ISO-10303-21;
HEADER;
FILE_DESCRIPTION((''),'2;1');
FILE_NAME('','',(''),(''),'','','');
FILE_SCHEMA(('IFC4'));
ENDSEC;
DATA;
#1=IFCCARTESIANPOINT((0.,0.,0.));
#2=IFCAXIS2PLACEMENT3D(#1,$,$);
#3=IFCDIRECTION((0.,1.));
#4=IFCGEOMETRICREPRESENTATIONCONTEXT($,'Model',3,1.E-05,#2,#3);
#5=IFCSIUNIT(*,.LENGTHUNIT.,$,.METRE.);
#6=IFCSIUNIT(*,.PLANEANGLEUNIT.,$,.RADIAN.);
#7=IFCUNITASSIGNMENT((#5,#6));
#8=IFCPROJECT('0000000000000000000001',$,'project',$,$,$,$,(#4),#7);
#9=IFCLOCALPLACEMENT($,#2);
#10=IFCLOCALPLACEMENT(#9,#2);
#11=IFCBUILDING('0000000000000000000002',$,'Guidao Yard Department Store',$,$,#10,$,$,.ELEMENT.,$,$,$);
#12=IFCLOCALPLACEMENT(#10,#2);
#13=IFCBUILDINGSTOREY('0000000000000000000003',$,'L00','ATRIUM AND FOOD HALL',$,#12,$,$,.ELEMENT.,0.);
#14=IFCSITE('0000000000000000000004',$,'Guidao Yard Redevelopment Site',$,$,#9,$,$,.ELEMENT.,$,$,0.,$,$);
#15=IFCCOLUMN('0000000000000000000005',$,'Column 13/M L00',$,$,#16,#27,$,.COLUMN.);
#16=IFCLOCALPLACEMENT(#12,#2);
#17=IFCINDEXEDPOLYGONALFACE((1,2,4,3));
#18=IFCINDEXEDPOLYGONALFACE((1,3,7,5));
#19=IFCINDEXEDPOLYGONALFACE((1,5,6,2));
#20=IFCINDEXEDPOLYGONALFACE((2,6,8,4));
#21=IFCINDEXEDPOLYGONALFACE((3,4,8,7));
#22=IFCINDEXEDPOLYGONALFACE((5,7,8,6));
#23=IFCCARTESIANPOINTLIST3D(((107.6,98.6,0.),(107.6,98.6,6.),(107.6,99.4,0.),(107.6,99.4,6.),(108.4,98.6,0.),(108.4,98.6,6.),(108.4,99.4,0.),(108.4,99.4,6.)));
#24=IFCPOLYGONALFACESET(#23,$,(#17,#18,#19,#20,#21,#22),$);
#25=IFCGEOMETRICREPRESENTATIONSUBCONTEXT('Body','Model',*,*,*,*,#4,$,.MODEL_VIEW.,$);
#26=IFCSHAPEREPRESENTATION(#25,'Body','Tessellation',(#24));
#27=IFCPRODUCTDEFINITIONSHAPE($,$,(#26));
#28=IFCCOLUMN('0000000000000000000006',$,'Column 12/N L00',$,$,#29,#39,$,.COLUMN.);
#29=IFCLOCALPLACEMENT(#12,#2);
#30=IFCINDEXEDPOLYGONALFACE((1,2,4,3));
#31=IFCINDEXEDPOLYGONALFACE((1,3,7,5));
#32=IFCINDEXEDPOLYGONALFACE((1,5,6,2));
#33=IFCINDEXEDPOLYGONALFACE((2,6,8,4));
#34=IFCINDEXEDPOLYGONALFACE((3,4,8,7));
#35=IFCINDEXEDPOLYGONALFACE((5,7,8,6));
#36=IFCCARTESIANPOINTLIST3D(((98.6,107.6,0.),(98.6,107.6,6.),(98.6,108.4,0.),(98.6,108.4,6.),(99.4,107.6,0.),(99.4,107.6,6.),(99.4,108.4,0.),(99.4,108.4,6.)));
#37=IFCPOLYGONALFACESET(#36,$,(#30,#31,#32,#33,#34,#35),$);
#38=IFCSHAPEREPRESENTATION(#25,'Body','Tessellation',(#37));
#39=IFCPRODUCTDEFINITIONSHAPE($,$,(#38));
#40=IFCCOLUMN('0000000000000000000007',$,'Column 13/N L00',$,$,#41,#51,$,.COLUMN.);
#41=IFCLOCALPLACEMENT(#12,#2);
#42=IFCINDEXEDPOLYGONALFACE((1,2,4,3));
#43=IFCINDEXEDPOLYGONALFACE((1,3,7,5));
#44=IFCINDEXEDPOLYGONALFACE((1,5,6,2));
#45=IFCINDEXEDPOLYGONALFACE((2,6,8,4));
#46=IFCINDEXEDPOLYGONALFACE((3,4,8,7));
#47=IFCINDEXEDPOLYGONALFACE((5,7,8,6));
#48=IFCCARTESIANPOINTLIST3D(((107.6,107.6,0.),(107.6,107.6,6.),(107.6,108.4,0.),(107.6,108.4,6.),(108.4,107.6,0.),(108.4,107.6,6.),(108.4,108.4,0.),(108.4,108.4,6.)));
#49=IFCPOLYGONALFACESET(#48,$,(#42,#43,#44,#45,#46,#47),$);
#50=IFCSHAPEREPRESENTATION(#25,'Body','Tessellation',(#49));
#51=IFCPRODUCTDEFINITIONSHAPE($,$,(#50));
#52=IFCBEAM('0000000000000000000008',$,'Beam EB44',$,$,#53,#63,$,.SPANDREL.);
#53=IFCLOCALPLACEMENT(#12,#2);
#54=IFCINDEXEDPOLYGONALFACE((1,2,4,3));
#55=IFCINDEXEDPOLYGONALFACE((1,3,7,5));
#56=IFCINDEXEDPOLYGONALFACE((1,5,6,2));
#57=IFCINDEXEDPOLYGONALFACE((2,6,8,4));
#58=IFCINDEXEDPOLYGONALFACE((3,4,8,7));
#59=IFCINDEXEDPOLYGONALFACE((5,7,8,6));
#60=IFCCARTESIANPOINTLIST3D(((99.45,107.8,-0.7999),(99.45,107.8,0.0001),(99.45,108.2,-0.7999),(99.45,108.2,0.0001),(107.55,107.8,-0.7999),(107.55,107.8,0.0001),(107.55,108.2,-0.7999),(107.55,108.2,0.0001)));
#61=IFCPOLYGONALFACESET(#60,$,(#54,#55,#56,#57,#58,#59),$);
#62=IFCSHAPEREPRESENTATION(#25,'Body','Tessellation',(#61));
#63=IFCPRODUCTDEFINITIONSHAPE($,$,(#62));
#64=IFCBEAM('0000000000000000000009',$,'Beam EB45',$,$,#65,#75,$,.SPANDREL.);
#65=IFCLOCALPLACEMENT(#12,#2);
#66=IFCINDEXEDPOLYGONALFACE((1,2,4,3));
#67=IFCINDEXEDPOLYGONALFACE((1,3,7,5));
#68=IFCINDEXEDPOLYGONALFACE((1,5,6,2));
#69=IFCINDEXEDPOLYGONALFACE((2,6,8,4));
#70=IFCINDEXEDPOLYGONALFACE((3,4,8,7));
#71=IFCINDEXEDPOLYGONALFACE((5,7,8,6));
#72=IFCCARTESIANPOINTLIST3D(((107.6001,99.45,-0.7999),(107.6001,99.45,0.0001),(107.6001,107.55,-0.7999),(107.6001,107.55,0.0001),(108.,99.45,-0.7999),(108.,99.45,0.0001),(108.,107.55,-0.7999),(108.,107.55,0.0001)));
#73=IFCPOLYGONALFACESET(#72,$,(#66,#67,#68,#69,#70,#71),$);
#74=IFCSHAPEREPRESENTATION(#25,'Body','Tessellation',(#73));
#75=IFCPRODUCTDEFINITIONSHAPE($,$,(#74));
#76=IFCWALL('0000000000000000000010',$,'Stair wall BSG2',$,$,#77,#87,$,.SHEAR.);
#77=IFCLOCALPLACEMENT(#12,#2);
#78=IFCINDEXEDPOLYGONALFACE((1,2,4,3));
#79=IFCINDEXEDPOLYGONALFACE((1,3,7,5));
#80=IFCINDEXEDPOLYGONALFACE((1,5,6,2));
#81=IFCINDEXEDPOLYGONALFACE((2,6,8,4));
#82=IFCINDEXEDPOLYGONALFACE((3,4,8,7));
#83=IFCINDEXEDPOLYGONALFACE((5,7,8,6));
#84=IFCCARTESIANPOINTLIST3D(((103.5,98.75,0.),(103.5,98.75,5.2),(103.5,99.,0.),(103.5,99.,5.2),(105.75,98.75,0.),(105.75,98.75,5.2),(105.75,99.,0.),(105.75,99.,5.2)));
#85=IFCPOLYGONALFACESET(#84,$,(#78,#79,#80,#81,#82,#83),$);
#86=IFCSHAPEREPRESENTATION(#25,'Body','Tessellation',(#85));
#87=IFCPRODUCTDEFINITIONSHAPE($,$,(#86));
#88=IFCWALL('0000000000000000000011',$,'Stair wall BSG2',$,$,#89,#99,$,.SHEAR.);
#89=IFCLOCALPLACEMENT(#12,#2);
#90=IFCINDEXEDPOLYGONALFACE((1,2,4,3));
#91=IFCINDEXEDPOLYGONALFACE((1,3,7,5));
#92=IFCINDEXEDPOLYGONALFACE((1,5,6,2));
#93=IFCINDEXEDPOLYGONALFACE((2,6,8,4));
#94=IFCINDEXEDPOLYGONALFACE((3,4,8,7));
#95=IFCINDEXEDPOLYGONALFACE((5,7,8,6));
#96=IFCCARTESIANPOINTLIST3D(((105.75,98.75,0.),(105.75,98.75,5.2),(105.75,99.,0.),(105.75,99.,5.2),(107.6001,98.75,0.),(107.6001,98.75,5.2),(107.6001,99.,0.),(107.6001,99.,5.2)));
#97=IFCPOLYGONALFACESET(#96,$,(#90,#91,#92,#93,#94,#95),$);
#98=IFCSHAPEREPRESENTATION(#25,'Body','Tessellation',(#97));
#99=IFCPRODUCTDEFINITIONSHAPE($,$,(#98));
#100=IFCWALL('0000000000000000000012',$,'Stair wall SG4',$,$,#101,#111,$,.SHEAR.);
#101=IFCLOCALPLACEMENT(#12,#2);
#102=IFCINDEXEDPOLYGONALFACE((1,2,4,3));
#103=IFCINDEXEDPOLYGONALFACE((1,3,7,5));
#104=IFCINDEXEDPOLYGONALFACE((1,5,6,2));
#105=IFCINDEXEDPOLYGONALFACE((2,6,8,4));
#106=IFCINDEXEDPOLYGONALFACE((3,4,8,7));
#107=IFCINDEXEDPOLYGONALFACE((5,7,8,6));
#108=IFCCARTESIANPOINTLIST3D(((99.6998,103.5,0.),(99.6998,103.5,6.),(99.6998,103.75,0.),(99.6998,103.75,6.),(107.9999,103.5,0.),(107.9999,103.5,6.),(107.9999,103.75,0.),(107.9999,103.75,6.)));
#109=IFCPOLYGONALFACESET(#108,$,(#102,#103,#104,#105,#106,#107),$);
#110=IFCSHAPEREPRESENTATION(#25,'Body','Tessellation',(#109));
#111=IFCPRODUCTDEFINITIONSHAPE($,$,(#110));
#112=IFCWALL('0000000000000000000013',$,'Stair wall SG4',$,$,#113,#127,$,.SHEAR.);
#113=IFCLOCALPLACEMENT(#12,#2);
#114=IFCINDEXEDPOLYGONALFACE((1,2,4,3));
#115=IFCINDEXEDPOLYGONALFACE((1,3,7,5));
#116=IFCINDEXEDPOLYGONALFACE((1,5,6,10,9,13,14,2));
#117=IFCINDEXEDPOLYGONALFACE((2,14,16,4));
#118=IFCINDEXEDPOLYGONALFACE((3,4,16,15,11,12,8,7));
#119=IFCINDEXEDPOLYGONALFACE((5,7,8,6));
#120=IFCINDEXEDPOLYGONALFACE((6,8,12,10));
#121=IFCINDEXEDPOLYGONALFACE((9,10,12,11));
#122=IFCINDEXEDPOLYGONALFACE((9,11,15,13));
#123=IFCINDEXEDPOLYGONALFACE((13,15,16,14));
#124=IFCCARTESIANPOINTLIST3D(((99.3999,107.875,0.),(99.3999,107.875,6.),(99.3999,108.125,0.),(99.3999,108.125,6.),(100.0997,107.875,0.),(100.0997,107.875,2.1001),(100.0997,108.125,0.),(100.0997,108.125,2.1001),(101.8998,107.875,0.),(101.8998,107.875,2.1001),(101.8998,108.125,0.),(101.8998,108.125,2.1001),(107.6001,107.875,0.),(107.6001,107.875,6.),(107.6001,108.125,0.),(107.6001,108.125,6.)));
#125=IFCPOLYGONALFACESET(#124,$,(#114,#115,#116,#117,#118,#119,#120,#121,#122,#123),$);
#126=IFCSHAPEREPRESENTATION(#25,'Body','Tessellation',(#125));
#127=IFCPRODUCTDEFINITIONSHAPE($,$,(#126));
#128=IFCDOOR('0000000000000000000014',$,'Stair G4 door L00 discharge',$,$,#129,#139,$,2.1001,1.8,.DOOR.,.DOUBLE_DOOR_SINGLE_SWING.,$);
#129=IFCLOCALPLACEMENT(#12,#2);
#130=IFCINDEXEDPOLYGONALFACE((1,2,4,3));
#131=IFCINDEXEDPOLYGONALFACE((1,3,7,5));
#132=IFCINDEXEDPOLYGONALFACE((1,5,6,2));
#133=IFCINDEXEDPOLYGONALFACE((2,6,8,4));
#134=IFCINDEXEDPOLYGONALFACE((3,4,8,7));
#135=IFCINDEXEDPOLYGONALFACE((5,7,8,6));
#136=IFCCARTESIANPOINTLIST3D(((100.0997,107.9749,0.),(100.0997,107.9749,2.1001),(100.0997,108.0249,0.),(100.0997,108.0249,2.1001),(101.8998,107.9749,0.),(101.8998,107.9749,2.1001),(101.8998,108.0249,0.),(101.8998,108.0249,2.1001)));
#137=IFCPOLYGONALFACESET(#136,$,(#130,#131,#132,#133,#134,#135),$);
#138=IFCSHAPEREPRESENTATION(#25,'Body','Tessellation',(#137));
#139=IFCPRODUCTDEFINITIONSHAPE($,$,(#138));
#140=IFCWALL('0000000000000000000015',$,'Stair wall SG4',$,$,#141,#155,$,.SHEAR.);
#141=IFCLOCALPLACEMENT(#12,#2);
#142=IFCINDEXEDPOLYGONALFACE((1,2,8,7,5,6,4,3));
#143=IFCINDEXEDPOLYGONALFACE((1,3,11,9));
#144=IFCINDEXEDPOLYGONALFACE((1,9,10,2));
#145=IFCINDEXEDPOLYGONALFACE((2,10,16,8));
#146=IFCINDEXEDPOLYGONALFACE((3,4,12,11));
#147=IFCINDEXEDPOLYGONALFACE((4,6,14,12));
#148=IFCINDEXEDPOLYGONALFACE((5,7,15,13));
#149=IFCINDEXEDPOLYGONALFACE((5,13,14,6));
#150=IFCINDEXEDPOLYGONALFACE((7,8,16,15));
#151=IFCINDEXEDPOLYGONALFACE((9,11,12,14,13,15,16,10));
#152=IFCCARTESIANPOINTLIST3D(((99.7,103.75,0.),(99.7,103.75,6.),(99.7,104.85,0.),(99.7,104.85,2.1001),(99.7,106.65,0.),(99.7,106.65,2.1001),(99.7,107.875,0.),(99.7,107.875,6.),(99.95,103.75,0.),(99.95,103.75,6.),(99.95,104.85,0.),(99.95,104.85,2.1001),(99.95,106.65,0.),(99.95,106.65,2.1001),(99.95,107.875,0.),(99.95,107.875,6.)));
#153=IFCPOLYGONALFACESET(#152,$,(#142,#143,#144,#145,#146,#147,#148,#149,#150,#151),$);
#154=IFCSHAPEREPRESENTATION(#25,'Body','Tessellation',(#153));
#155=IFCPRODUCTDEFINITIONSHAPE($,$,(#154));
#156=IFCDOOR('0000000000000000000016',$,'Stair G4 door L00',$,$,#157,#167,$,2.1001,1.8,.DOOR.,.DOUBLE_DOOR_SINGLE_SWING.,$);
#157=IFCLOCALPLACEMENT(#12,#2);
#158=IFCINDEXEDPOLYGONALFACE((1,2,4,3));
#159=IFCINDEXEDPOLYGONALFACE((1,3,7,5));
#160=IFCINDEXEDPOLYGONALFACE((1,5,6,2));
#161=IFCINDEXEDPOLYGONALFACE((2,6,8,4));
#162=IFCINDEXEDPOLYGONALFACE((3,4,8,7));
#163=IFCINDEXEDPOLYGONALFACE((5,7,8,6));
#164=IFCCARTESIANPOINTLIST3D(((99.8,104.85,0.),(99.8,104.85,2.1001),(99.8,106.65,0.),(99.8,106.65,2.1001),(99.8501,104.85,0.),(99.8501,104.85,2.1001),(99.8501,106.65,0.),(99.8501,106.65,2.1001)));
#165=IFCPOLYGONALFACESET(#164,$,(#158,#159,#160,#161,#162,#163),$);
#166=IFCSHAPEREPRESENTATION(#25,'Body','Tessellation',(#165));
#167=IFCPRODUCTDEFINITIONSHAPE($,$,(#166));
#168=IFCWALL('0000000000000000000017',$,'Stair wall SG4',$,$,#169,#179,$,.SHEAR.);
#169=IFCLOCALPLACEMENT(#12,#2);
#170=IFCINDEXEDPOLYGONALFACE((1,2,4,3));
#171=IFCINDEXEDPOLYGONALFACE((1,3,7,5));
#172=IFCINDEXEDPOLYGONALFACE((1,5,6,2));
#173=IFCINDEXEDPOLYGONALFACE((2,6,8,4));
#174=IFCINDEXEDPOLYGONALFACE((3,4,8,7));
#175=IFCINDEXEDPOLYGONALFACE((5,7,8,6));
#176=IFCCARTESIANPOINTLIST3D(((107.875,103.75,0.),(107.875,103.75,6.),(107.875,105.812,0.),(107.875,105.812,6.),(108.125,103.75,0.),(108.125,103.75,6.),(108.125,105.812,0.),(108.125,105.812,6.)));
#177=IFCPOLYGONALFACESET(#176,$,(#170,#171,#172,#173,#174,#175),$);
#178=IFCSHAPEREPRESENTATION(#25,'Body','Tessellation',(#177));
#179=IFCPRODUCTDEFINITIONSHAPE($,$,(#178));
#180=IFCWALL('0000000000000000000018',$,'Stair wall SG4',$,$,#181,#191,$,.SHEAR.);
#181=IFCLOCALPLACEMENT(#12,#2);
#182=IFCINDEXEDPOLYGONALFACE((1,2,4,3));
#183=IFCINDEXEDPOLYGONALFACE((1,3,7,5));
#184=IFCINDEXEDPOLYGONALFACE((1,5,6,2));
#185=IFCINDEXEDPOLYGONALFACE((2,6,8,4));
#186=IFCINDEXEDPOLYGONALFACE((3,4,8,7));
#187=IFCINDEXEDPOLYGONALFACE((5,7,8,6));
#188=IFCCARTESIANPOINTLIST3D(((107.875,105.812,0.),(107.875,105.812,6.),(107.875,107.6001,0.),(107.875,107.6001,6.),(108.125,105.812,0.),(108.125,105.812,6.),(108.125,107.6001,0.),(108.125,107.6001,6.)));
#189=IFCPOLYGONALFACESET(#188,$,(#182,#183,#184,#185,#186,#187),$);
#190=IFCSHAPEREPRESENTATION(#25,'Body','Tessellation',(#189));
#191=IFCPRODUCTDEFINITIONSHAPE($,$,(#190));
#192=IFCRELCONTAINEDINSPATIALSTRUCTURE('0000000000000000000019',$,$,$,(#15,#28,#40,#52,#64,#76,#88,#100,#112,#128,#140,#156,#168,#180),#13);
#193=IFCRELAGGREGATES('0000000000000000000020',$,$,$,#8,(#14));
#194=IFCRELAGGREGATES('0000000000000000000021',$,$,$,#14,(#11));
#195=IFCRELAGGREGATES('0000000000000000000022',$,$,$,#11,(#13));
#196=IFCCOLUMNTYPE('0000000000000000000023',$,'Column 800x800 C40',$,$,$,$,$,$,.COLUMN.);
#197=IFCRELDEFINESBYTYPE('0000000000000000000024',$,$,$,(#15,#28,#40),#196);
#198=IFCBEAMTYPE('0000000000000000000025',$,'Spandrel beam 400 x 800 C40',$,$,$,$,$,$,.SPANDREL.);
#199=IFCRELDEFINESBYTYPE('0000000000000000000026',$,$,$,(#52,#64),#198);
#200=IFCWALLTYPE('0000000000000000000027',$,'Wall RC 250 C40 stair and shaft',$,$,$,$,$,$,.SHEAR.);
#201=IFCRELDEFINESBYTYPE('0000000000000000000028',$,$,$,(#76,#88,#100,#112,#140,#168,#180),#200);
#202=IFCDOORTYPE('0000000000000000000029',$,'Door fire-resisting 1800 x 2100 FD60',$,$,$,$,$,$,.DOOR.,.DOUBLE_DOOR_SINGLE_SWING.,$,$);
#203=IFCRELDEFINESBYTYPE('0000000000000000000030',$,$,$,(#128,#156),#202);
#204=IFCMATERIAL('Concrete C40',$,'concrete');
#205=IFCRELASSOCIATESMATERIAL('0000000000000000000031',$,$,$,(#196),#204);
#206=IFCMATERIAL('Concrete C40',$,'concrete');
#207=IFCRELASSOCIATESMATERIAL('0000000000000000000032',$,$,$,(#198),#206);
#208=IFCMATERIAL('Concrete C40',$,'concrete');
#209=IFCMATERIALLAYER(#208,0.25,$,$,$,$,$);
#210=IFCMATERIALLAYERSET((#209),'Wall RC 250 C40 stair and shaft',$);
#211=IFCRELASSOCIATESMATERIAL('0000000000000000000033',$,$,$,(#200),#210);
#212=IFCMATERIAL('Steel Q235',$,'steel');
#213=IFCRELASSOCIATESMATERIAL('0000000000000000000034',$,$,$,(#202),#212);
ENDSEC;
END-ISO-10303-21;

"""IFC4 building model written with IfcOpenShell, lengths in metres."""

from ifc_helpers import new_model, si_unit, direction, frame, frame_2d, origin, origin_2d, place, context, subcontext, project, spatial, rectangle, extrude, material, layer, layer_set, material_profile, profile_set, type_object, element, fill, save


model = new_model("IFC4")

# Units and contexts
model_context = context("Model", 3, precision=1e-05, world=origin(), true_north=direction((0.0, 1.0)))
body_context = subcontext(model_context, "Body", "Model", "MODEL_VIEW")
ifc_project = project(units=[si_unit("LENGTHUNIT", "METRE"), si_unit("PLANEANGLEUNIT", "RADIAN")], contexts=[model_context])

# Site, building, storey
site_placement = place(None, origin())
site = spatial("IfcSite", under=ifc_project, at=site_placement, Name="Guidao Yard Redevelopment Site", CompositionType="ELEMENT", RefElevation=0.0)
building_placement = place(site_placement, origin())
building = spatial("IfcBuilding", under=site, at=building_placement, Name="Guidao Yard Department Store", CompositionType="ELEMENT")
storey_placement = place(building_placement, origin())
storey = spatial("IfcBuildingStorey", under=building, at=storey_placement, Name="L00", Description="ATRIUM AND FOOD HALL", CompositionType="ELEMENT", Elevation=0.0)

# Columns
ifc_material_1 = material(Name="Concrete C40", Category="concrete")
ifc_material_profile_1 = material_profile(ifc_material_1, rectangle(XDim=0.8, YDim=0.8, at=origin_2d()), Name="COL 800x800")
ifc_profile_set_1 = profile_set([ifc_material_profile_1], Name="Concrete C40")
column_type = type_object("IfcColumnType", Name="Column 800x800 C40", PredefinedType="COLUMN", material=ifc_profile_set_1)
for number, where, z_axis, x_axis, name in (
    (1, (108.0, 99.0, 0.0), (0.0, 0.0, 1.0), (1.0, 0.0, 0.0), "Column 13/M L00"),
    (2, (99.0, 108.0, 0.0), (0.0, 0.0, 1.0), (1.0, 0.0, 0.0), "Column 12/N L00"),
    (3, (108.0, 108.0, 0.0), (0.0, 0.0, 1.0), (1.0, 0.0, 0.0), "Column 13/N L00"),
):
    element("IfcColumn", number, at=place(storey_placement, frame(where, z_axis=z_axis, x_axis=x_axis)), inside=storey, type_object=column_type, Name=name, PredefinedType="COLUMN", context=body_context, shape_type="SweptSolid", body=[
        extrude(rectangle(XDim=0.8, YDim=0.8, at=origin_2d()), origin(), (0.0, 0.0, 1.0), 6.0),
    ])

# Beams
ifc_material_2 = material(Name="Concrete C40", Category="concrete")
ifc_material_profile_2 = material_profile(ifc_material_2, rectangle(XDim=0.3999, YDim=0.8, at=origin_2d()), Name="Spandrel beam 400 x 800 C40")
ifc_profile_set_2 = profile_set([ifc_material_profile_2], Name="Concrete C40")
beam_type = type_object("IfcBeamType", Name="Spandrel beam 400 x 800 C40", PredefinedType="SPANDREL", material=ifc_profile_set_2)
for number, where, z_axis, x_axis, name in (
    (4, (99.45, 108.0, -0.3999), (1.0, 0.0, 0.0), (0.0, 1.0, 0.0), "Beam EB44"),
    (5, (107.8, 99.45, -0.3999), (0.0, 1.0, 0.0), (-1.0, 0.0, 0.0), "Beam EB45"),
):
    element("IfcBeam", number, at=place(storey_placement, frame(where, z_axis=z_axis, x_axis=x_axis)), inside=storey, type_object=beam_type, Name=name, PredefinedType="SPANDREL", context=body_context, shape_type="SweptSolid", body=[
        extrude(rectangle(XDim=0.3999, YDim=0.8, at=origin_2d()), origin(), (0.0, 0.0, 1.0), 8.1001),
    ])

# Walls
ifc_material_3 = material(Name="Concrete C40", Category="concrete")
ifc_layer = layer(ifc_material_3, 0.25)
ifc_layer_set = layer_set([ifc_layer], Name="Wall RC 250 C40 stair and shaft")
wall_type = type_object("IfcWallType", Name="Wall RC 250 C40 stair and shaft", PredefinedType="SHEAR", material=ifc_layer_set)
wall_1_placement = place(storey_placement, frame((103.5, 98.875, 0.0), z_axis=(0.0, 0.0, 1.0), x_axis=(1.0, 0.0, 0.0)))
element("IfcWall", 6, at=wall_1_placement, inside=storey, type_object=wall_type, Name="Stair wall BSG2", PredefinedType="SHEAR", context=body_context, shape_type="SweptSolid", body=[
    extrude(rectangle(XDim=2.25, YDim=0.25, at=frame_2d((1.125, 0.0))), origin(), (0.0, 0.0, 1.0), 5.2),
])
wall_2_placement = place(storey_placement, frame((105.75, 98.875, 0.0), z_axis=(0.0, 0.0, 1.0), x_axis=(1.0, 0.0, 0.0)))
element("IfcWall", 7, at=wall_2_placement, inside=storey, type_object=wall_type, Name="Stair wall BSG2", PredefinedType="SHEAR", context=body_context, shape_type="SweptSolid", body=[
    extrude(rectangle(XDim=1.8501, YDim=0.25, at=frame_2d((0.925, 0.0))), origin(), (0.0, 0.0, 1.0), 5.2),
])
wall_3_placement = place(storey_placement, frame((99.7, 103.625, 0.0), z_axis=(0.0, 0.0, 1.0), x_axis=(1.0, 0.0, 0.0)))
element("IfcWall", 8, at=wall_3_placement, inside=storey, type_object=wall_type, Name="Stair wall SG4", PredefinedType="SHEAR", context=body_context, shape_type="SweptSolid", body=[
    extrude(rectangle(XDim=8.3, YDim=0.25, at=frame_2d((4.1499, 0.0))), origin(), (0.0, 0.0, 1.0), 6.0),
])

# Walls, openings, doors
wall_4_placement = place(storey_placement, frame((99.3999, 108.0, 0.0), z_axis=(0.0, 0.0, 1.0), x_axis=(1.0, 0.0, 0.0)))
wall_4 = element("IfcWall", 9, at=wall_4_placement, inside=storey, type_object=wall_type, Name="Stair wall SG4", PredefinedType="SHEAR", context=body_context, shape_type="SweptSolid", body=[
    extrude(rectangle(XDim=8.2002, YDim=0.25, at=frame_2d((4.1001, 0.0))), origin(), (0.0, 0.0, 1.0), 6.0),
])
opening_1_placement = place(wall_4_placement, frame((0.7, 0.0, 0.0)))
opening_1 = element("IfcOpeningElement", 10, at=opening_1_placement, cuts=wall_4, PredefinedType="OPENING", context=body_context, shape_type="SweptSolid", body=[
    extrude(rectangle(XDim=1.8, YDim=2.1001, at=frame_2d((0.8999, 1.05))), frame((0.0, 0.135, 0.0), z_axis=(0.0, -1.0, 0.0), x_axis=(1.0, 0.0, 0.0)), (0.0, 0.0, 1.0), 0.27),
])
ifc_material_4 = material(Name="Steel Q235", Category="steel")
door_type_1 = type_object("IfcDoorType", Name="Door fire-resisting 1800 x 2100 FD60", OperationType="DOUBLE_DOOR_SINGLE_SWING", PredefinedType="DOOR", material=ifc_material_4)
door_1_placement = place(opening_1_placement, origin())
door_1 = element("IfcDoor", 11, at=door_1_placement, inside=storey, type_object=door_type_1, Name="Stair G4 door L00 discharge", OperationType="DOUBLE_DOOR_SINGLE_SWING", OverallHeight=2.1001, OverallWidth=1.8, PredefinedType="DOOR", context=body_context, shape_type="SweptSolid", body=[
    extrude(rectangle(XDim=1.8, YDim=2.1001, at=frame_2d((0.8999, 1.05))), frame((0.0, 0.0249, 0.0), z_axis=(0.0, -1.0, 0.0), x_axis=(1.0, 0.0, 0.0)), (0.0, 0.0, 1.0), 0.05),
])
fill(opening_1, door_1)
wall_5_placement = place(storey_placement, frame((99.825, 103.75, 0.0), z_axis=(0.0, 0.0, 1.0), x_axis=(0.0, 1.0, 0.0)))
wall_5 = element("IfcWall", 12, at=wall_5_placement, inside=storey, type_object=wall_type, Name="Stair wall SG4", PredefinedType="SHEAR", context=body_context, shape_type="SweptSolid", body=[
    extrude(rectangle(XDim=4.125, YDim=0.25, at=frame_2d((2.0625, 0.0))), origin(), (0.0, 0.0, 1.0), 6.0),
])
opening_2_placement = place(wall_5_placement, frame((1.1001, 0.0, 0.0)))
opening_2 = element("IfcOpeningElement", 13, at=opening_2_placement, cuts=wall_5, PredefinedType="OPENING", context=body_context, shape_type="SweptSolid", body=[
    extrude(rectangle(XDim=1.8, YDim=2.1001, at=frame_2d((0.8999, 1.05))), frame((0.0, 0.135, 0.0), z_axis=(0.0, -1.0, 0.0), x_axis=(1.0, 0.0, 0.0)), (0.0, 0.0, 1.0), 0.27),
])
door_2_placement = place(opening_2_placement, origin())
door_2 = element("IfcDoor", 14, at=door_2_placement, inside=storey, type_object=door_type_1, Name="Stair G4 door L00", OperationType="DOUBLE_DOOR_SINGLE_SWING", OverallHeight=2.1001, OverallWidth=1.8, PredefinedType="DOOR", context=body_context, shape_type="SweptSolid", body=[
    extrude(rectangle(XDim=1.8, YDim=2.1001, at=frame_2d((0.8999, 1.05))), frame((0.0, 0.0249, 0.0), z_axis=(0.0, -1.0, 0.0), x_axis=(1.0, 0.0, 0.0)), (0.0, 0.0, 1.0), 0.05),
])
fill(opening_2, door_2)

# Walls
wall_6_placement = place(storey_placement, frame((108.0, 103.75, 0.0), z_axis=(0.0, 0.0, 1.0), x_axis=(0.0, 1.0, 0.0)))
element("IfcWall", 15, at=wall_6_placement, inside=storey, type_object=wall_type, Name="Stair wall SG4", PredefinedType="SHEAR", context=body_context, shape_type="SweptSolid", body=[
    extrude(rectangle(XDim=2.062, YDim=0.25, at=frame_2d((1.031, 0.0))), origin(), (0.0, 0.0, 1.0), 6.0),
])
wall_7_placement = place(storey_placement, frame((108.0, 105.812, 0.0), z_axis=(0.0, 0.0, 1.0), x_axis=(0.0, 1.0, 0.0)))
element("IfcWall", 16, at=wall_7_placement, inside=storey, type_object=wall_type, Name="Stair wall SG4", PredefinedType="SHEAR", context=body_context, shape_type="SweptSolid", body=[
    extrude(rectangle(XDim=1.7881, YDim=0.25, at=frame_2d((0.894, 0.0))), origin(), (0.0, 0.0, 1.0), 6.0),
])

save(model, "model.ifc")
